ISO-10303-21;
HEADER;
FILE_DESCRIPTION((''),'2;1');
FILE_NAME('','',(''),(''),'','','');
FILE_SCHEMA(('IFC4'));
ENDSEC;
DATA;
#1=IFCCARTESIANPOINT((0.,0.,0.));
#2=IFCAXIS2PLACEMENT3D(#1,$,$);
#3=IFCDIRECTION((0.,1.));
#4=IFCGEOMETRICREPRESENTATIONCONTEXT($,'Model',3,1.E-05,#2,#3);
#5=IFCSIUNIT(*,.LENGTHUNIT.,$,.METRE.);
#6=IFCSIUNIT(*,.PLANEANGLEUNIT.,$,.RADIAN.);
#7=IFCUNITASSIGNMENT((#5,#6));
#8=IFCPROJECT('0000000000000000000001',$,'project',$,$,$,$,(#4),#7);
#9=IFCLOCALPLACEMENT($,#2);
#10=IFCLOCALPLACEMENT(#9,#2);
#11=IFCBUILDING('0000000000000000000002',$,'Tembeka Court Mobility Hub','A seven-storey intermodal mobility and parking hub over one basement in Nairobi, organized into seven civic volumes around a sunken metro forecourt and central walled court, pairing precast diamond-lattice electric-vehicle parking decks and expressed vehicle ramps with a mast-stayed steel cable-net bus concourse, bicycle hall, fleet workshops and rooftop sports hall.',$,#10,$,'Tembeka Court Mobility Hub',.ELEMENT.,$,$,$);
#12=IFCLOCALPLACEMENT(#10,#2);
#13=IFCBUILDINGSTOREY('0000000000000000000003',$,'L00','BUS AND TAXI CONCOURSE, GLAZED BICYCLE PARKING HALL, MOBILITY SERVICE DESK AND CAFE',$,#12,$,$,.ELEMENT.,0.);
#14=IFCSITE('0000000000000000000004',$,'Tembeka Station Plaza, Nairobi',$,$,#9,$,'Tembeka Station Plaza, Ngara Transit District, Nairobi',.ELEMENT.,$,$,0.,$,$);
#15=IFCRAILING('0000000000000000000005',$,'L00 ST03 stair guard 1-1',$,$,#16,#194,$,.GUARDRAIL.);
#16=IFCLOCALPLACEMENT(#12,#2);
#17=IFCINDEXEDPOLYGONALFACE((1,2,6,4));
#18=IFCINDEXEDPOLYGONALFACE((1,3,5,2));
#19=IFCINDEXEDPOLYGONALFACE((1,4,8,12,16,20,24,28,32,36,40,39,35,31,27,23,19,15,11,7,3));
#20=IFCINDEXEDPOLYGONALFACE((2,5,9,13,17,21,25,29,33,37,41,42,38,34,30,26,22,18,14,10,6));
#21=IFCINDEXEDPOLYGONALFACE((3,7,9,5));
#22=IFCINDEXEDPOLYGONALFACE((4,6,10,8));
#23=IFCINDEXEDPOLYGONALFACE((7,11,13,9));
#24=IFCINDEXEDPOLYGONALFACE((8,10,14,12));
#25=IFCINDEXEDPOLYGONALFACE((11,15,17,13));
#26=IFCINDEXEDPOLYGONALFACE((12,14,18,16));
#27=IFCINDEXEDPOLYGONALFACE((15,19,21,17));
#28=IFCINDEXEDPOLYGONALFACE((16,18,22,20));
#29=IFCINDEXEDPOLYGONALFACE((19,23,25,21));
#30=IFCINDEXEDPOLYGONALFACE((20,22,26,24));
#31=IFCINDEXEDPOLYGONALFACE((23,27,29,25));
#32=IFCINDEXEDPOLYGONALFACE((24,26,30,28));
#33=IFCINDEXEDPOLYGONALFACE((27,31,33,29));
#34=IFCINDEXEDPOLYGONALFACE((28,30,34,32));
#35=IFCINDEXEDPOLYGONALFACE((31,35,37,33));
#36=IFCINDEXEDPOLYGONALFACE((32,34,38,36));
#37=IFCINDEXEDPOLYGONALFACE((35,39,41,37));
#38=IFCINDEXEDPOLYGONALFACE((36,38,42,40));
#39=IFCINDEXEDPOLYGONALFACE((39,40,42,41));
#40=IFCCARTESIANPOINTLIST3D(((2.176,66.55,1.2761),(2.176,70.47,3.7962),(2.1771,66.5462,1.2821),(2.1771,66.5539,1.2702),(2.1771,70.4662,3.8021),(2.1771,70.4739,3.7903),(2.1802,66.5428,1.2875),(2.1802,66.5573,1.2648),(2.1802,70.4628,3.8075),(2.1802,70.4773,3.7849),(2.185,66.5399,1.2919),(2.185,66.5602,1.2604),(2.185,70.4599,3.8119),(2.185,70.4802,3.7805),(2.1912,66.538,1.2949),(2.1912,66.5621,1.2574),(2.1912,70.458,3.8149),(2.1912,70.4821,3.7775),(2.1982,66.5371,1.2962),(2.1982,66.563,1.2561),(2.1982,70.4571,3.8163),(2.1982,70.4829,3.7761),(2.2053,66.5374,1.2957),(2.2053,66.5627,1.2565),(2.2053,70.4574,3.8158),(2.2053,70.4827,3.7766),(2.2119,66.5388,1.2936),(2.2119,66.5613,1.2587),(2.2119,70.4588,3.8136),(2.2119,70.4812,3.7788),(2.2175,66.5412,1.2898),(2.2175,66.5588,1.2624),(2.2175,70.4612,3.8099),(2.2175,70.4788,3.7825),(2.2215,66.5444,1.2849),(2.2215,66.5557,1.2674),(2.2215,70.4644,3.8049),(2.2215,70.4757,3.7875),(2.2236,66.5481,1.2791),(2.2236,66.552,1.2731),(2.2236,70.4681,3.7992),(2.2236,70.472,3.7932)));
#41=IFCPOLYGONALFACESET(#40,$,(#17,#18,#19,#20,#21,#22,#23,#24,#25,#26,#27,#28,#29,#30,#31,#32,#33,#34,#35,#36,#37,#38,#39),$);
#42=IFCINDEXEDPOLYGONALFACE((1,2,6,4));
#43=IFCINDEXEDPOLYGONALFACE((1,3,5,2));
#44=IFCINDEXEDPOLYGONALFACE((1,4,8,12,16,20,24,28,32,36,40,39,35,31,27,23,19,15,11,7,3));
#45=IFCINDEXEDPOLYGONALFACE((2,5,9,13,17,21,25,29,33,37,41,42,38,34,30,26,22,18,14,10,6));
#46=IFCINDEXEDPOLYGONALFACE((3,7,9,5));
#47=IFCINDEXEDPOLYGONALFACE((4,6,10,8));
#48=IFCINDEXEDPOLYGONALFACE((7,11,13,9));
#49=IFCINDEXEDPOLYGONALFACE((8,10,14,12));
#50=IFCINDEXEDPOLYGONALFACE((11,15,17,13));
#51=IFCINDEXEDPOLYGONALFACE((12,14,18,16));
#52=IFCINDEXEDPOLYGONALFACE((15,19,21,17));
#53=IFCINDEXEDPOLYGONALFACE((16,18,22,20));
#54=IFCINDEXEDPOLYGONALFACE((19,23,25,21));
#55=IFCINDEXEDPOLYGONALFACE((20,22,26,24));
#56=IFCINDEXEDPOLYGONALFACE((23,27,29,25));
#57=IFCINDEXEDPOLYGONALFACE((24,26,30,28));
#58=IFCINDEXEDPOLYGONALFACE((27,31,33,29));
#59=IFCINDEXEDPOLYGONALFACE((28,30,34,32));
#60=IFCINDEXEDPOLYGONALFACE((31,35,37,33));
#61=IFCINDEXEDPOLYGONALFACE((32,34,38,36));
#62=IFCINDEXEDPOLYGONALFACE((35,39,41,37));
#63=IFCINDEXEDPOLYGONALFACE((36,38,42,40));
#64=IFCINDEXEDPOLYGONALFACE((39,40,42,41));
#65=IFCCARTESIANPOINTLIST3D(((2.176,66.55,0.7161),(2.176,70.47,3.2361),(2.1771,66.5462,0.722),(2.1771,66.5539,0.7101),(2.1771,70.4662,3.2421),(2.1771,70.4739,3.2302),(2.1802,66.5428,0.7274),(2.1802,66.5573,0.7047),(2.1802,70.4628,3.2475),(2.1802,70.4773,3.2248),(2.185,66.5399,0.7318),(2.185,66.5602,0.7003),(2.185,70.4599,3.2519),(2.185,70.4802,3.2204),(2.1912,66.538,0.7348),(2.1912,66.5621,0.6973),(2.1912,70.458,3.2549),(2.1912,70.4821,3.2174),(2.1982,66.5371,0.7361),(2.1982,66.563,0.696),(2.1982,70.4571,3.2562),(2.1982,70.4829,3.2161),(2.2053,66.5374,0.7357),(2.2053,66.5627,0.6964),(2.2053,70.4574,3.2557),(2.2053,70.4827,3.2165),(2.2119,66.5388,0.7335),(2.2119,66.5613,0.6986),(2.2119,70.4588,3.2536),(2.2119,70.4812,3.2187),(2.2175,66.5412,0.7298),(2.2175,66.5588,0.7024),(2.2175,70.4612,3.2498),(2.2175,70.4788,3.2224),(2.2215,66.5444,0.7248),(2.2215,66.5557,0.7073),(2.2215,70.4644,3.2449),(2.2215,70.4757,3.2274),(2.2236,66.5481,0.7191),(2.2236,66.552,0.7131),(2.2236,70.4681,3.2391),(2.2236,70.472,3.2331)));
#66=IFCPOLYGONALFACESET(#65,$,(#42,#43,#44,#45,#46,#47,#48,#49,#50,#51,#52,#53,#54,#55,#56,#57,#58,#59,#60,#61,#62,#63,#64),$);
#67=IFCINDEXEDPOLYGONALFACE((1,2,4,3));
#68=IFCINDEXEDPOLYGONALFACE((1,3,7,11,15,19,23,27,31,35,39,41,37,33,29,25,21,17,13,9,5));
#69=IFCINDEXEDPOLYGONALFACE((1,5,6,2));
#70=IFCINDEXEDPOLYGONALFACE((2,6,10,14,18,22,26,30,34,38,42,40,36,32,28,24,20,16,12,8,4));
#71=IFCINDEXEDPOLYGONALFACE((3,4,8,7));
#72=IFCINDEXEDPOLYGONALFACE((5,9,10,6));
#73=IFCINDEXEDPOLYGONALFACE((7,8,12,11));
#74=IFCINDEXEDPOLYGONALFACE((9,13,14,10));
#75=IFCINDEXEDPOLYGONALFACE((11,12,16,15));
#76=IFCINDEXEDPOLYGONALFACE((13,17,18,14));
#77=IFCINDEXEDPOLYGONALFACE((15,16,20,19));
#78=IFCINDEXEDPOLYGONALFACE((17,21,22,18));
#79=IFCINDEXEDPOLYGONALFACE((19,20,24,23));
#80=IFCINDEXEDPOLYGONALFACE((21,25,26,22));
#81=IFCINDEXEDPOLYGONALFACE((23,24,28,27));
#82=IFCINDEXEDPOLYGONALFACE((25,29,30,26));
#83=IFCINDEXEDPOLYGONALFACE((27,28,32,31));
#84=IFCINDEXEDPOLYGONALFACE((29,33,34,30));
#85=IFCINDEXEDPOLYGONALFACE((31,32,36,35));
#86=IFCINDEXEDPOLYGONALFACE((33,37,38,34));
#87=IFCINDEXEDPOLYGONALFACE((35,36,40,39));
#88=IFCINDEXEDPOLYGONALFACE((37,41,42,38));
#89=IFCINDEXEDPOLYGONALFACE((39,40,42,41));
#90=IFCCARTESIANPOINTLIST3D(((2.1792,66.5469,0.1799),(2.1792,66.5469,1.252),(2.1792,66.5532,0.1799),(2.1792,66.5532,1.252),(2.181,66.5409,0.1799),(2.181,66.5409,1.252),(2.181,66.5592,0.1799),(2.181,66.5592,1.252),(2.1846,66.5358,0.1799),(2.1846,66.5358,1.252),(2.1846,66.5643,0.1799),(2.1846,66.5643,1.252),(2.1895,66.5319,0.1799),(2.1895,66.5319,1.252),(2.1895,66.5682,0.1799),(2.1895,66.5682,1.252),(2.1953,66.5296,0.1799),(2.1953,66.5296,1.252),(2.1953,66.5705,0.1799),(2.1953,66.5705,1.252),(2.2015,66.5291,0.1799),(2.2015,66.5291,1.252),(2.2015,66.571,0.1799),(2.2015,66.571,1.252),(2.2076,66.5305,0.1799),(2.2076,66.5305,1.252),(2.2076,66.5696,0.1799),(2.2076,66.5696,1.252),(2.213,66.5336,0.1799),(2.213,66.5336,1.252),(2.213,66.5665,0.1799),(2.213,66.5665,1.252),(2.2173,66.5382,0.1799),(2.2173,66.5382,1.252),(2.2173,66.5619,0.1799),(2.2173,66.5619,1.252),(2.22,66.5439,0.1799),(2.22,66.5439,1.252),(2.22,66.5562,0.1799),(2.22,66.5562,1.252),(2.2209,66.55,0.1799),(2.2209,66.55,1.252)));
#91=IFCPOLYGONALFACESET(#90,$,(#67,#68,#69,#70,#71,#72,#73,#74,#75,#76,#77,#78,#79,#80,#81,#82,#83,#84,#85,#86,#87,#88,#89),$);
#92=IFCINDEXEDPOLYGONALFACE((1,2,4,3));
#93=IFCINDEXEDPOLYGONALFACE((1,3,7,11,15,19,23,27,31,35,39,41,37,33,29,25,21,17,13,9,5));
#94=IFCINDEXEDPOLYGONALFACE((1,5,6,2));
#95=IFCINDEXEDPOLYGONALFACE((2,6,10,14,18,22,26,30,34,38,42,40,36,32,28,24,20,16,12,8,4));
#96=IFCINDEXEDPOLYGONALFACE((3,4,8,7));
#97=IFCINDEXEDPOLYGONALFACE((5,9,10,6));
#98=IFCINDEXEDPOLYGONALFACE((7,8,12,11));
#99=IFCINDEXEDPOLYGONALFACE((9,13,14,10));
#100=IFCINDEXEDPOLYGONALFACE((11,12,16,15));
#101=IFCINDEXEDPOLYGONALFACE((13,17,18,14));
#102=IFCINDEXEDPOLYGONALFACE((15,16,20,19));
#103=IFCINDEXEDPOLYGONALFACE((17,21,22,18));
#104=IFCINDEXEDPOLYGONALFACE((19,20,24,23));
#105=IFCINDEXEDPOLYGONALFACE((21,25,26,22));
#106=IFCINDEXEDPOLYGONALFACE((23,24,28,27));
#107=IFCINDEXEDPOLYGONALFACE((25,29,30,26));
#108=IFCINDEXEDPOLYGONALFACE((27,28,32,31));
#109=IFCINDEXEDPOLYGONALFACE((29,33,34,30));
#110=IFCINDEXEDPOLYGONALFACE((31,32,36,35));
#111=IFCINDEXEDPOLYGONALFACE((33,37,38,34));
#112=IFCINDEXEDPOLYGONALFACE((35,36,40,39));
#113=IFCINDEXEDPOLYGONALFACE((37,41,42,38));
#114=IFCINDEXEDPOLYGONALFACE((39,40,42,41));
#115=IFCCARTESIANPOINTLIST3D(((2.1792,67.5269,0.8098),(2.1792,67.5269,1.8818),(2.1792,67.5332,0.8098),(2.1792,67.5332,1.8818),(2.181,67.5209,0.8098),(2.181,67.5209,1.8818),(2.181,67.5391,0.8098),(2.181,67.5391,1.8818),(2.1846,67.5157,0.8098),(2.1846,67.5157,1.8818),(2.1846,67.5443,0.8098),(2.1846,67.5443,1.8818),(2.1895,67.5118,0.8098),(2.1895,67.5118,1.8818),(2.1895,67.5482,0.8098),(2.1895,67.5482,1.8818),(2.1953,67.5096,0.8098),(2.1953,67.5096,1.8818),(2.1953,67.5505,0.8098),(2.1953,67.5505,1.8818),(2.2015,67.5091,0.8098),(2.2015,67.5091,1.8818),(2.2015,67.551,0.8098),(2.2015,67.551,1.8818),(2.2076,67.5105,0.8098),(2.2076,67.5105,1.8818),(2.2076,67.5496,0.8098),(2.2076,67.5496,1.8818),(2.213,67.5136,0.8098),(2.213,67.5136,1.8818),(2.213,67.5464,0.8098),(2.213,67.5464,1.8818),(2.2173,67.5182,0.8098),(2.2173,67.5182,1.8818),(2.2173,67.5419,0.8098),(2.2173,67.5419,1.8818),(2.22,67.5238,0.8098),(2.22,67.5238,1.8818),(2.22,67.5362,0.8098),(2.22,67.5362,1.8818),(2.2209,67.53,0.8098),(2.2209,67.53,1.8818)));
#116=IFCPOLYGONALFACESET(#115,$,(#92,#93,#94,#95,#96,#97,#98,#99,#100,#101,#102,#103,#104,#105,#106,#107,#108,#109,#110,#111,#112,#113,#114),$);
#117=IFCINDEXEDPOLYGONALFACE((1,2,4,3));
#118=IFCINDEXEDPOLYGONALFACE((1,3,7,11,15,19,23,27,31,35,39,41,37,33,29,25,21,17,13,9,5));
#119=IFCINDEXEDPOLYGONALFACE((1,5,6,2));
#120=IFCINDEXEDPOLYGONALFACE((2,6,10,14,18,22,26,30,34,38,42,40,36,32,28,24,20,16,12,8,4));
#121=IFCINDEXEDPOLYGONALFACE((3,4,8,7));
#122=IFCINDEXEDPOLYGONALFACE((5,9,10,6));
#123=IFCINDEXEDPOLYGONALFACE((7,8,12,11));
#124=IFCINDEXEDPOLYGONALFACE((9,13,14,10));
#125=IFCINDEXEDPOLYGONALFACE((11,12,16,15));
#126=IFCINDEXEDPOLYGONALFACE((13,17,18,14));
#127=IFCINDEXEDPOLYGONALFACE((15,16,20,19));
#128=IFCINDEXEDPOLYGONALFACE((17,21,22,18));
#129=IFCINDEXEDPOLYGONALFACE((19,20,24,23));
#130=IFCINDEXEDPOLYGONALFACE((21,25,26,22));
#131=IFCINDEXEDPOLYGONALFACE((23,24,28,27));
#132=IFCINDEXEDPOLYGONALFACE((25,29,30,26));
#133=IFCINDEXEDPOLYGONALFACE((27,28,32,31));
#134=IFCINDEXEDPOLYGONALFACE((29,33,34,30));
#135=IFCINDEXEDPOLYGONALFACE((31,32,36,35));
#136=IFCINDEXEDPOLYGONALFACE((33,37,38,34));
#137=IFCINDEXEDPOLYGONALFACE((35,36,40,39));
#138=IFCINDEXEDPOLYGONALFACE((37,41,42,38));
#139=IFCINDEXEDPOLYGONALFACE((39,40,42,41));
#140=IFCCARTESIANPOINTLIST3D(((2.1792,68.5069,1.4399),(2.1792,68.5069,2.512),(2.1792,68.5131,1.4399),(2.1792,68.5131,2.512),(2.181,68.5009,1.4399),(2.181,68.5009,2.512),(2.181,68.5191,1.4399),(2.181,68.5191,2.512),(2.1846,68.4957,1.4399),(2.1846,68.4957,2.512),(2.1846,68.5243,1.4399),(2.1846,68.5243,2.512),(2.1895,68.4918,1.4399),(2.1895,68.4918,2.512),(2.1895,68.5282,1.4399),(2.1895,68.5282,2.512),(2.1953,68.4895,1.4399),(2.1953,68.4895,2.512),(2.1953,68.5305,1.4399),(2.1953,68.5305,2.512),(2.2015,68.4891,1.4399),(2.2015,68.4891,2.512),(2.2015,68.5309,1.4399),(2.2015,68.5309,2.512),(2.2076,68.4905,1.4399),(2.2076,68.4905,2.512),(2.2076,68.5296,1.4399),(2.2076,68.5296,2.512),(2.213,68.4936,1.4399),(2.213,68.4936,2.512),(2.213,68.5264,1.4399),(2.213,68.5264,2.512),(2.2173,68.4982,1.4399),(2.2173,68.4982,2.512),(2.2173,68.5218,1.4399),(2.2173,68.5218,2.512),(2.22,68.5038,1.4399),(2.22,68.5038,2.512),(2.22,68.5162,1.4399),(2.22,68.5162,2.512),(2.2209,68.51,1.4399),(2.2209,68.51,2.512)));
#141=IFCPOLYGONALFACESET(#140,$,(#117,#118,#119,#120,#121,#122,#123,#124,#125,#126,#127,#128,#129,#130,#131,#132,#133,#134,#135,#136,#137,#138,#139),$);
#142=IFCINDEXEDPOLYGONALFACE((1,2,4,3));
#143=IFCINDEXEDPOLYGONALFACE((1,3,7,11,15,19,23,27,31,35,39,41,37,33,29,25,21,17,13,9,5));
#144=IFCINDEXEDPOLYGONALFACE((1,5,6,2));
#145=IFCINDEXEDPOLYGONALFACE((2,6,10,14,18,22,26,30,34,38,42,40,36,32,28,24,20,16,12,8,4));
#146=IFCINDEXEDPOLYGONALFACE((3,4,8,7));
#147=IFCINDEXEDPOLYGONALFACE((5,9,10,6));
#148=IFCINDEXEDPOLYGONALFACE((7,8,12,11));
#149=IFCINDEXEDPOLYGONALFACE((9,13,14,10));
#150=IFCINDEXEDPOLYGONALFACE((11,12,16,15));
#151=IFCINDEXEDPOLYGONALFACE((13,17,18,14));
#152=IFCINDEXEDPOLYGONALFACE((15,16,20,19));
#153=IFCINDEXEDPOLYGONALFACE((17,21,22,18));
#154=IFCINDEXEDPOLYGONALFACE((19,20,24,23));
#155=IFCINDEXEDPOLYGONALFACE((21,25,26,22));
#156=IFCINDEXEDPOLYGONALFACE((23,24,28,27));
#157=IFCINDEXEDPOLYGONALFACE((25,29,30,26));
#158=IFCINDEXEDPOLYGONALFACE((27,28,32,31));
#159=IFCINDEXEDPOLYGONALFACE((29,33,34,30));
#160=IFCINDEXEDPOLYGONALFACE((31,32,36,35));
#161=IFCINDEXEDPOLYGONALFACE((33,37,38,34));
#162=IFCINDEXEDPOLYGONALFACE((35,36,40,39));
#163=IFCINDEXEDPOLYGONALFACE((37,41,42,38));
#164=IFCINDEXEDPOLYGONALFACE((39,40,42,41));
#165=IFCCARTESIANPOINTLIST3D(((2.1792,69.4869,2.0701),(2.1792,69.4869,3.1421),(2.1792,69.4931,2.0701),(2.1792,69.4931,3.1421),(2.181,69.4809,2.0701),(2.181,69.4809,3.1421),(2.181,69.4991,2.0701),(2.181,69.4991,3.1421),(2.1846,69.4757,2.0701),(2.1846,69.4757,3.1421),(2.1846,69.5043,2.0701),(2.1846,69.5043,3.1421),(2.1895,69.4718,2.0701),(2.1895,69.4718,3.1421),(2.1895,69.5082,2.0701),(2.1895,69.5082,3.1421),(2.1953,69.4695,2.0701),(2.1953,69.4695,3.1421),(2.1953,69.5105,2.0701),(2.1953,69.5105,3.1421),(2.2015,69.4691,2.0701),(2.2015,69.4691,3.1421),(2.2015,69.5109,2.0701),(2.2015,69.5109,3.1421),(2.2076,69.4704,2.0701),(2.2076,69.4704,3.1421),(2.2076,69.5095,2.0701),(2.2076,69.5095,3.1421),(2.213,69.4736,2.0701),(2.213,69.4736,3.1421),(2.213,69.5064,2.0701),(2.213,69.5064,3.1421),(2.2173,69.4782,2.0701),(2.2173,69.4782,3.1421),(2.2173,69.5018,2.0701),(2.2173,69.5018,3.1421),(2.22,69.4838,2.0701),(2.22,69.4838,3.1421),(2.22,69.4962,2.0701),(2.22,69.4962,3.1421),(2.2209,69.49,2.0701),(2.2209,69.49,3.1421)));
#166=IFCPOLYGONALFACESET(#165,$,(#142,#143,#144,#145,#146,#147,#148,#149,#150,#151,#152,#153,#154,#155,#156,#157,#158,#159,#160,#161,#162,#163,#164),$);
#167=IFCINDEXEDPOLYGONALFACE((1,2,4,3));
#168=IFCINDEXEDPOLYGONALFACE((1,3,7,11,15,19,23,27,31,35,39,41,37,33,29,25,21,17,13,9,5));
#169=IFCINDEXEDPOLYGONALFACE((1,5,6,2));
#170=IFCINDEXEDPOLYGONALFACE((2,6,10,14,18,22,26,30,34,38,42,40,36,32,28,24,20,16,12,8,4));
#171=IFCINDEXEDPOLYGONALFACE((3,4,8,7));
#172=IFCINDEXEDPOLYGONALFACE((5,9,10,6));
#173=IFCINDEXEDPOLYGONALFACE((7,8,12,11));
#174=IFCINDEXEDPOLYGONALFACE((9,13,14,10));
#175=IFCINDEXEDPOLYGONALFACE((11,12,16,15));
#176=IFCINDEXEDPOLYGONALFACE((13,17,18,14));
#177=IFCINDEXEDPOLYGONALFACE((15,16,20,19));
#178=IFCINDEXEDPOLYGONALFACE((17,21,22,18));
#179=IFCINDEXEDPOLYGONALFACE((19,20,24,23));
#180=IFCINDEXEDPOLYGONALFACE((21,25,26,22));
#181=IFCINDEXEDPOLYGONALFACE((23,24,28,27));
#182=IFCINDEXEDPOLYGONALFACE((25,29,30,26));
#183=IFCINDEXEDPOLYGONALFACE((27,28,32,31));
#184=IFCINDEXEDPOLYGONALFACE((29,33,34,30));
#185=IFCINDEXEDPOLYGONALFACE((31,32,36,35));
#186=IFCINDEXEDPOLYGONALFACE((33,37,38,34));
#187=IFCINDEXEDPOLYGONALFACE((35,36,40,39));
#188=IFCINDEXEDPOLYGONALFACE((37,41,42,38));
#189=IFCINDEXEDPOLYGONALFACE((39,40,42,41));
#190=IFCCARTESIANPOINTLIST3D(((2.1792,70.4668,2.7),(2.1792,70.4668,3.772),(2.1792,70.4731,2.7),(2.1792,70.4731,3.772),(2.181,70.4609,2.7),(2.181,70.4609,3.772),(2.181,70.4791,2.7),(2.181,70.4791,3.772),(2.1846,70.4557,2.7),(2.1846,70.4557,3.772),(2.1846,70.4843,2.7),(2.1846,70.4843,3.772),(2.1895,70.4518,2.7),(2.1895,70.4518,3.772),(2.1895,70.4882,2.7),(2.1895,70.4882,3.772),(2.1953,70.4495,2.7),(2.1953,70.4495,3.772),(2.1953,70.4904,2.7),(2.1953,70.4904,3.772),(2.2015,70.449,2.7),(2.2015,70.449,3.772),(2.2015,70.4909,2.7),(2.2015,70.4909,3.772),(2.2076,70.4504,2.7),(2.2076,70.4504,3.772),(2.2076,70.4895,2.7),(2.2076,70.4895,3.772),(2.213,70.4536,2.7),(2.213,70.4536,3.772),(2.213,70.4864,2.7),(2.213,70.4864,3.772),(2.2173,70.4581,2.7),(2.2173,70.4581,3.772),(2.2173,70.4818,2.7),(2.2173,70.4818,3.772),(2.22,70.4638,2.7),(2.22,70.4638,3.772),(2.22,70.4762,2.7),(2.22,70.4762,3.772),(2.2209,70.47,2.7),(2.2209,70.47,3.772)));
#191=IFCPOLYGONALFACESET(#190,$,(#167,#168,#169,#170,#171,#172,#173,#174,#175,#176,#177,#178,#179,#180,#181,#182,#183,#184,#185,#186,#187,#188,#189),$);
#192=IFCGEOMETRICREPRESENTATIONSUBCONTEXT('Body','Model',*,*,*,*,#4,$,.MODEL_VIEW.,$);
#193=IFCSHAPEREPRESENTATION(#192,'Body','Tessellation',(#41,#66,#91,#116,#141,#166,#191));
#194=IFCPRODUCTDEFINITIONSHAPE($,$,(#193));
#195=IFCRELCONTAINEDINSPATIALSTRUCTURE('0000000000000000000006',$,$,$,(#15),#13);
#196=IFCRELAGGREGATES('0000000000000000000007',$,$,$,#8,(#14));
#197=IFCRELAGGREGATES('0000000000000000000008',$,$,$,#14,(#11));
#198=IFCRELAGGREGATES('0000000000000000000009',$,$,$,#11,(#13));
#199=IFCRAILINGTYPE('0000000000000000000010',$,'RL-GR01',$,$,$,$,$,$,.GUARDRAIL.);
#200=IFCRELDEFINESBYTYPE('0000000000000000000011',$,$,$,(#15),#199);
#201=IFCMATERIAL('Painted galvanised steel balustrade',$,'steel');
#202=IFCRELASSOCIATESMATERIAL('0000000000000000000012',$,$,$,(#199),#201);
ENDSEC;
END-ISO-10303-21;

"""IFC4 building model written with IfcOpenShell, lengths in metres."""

from ifc_helpers import new_model, si_unit, direction, frame, origin, origin_2d, place, context, subcontext, project, spatial, circle, extrude, material, type_object, element, save


model = new_model("IFC4")

# Units and contexts
model_context = context("Model", 3, precision=1e-05, world=origin(), true_north=direction((0.0, 1.0)))
body_context = subcontext(model_context, "Body", "Model", "MODEL_VIEW")
ifc_project = project(units=[si_unit("LENGTHUNIT", "METRE"), si_unit("PLANEANGLEUNIT", "RADIAN")], contexts=[model_context])

# Site, building, storey
site_placement = place(None, origin())
site = spatial("IfcSite", under=ifc_project, at=site_placement, Name="Tembeka Station Plaza, Nairobi", LongName="Tembeka Station Plaza, Ngara Transit District, Nairobi", CompositionType="ELEMENT", RefElevation=0.0)
building_placement = place(site_placement, origin())
building = spatial("IfcBuilding", under=site, at=building_placement, Name="Tembeka Court Mobility Hub", Description="A seven-storey intermodal mobility and parking hub over one basement in Nairobi, organized into seven civic volumes around a sunken metro forecourt and central walled court, pairing precast diamond-lattice electric-vehicle parking decks and expressed vehicle ramps with a mast-stayed steel cable-net bus concourse, bicycle hall, fleet workshops and rooftop sports hall.", LongName="Tembeka Court Mobility Hub", CompositionType="ELEMENT")
storey_placement = place(building_placement, origin())
storey = spatial("IfcBuildingStorey", under=building, at=storey_placement, Name="L00", Description="BUS AND TAXI CONCOURSE, GLAZED BICYCLE PARKING HALL, MOBILITY SERVICE DESK AND CAFE", CompositionType="ELEMENT", Elevation=0.0)

# Railing
ifc_material_1 = material(Name="Painted galvanised steel balustrade", Category="steel")
railing_type_1 = type_object("IfcRailingType", Name="RL-GR01", PredefinedType="GUARDRAIL", material=ifc_material_1)
railing_1_placement = place(storey_placement, frame((2.2, 66.55, 0.1799)))
element("IfcRailing", 1, at=railing_1_placement, inside=storey, type_object=railing_type_1, Name="L00 ST03 stair guard 1-1", PredefinedType="GUARDRAIL", context=body_context, shape_type="SweptSolid", body=[
    extrude(circle(Radius=0.0239, at=origin_2d()), frame((0.0, 0.0, 1.0962), z_axis=(0.0, 0.841172, 0.540768), x_axis=(-1.0, 0.0, 0.0)), (0.0, 0.0, 1.0), 4.6602),
    extrude(circle(Radius=0.0239, at=origin_2d()), frame((0.0, 0.0, 0.5361), z_axis=(0.0, 0.841172, 0.540768), x_axis=(-1.0, 0.0, 0.0)), (0.0, 0.0, 1.0), 4.6602),
    extrude(circle(Radius=0.021, at=origin_2d()), origin(), (0.0, 0.0, 1.0), 1.072),
    extrude(circle(Radius=0.021, at=origin_2d()), frame((0.0, 0.98, 0.6299)), (0.0, 0.0, 1.0), 1.072),
    extrude(circle(Radius=0.021, at=origin_2d()), frame((0.0, 1.96, 1.26)), (0.0, 0.0, 1.0), 1.072),
    extrude(circle(Radius=0.021, at=origin_2d()), frame((0.0, 2.9399, 1.8901)), (0.0, 0.0, 1.0), 1.072),
    extrude(circle(Radius=0.021, at=origin_2d()), frame((0.0, 3.9199, 2.52)), (0.0, 0.0, 1.0), 1.072),
])

save(model, "model.ifc")
